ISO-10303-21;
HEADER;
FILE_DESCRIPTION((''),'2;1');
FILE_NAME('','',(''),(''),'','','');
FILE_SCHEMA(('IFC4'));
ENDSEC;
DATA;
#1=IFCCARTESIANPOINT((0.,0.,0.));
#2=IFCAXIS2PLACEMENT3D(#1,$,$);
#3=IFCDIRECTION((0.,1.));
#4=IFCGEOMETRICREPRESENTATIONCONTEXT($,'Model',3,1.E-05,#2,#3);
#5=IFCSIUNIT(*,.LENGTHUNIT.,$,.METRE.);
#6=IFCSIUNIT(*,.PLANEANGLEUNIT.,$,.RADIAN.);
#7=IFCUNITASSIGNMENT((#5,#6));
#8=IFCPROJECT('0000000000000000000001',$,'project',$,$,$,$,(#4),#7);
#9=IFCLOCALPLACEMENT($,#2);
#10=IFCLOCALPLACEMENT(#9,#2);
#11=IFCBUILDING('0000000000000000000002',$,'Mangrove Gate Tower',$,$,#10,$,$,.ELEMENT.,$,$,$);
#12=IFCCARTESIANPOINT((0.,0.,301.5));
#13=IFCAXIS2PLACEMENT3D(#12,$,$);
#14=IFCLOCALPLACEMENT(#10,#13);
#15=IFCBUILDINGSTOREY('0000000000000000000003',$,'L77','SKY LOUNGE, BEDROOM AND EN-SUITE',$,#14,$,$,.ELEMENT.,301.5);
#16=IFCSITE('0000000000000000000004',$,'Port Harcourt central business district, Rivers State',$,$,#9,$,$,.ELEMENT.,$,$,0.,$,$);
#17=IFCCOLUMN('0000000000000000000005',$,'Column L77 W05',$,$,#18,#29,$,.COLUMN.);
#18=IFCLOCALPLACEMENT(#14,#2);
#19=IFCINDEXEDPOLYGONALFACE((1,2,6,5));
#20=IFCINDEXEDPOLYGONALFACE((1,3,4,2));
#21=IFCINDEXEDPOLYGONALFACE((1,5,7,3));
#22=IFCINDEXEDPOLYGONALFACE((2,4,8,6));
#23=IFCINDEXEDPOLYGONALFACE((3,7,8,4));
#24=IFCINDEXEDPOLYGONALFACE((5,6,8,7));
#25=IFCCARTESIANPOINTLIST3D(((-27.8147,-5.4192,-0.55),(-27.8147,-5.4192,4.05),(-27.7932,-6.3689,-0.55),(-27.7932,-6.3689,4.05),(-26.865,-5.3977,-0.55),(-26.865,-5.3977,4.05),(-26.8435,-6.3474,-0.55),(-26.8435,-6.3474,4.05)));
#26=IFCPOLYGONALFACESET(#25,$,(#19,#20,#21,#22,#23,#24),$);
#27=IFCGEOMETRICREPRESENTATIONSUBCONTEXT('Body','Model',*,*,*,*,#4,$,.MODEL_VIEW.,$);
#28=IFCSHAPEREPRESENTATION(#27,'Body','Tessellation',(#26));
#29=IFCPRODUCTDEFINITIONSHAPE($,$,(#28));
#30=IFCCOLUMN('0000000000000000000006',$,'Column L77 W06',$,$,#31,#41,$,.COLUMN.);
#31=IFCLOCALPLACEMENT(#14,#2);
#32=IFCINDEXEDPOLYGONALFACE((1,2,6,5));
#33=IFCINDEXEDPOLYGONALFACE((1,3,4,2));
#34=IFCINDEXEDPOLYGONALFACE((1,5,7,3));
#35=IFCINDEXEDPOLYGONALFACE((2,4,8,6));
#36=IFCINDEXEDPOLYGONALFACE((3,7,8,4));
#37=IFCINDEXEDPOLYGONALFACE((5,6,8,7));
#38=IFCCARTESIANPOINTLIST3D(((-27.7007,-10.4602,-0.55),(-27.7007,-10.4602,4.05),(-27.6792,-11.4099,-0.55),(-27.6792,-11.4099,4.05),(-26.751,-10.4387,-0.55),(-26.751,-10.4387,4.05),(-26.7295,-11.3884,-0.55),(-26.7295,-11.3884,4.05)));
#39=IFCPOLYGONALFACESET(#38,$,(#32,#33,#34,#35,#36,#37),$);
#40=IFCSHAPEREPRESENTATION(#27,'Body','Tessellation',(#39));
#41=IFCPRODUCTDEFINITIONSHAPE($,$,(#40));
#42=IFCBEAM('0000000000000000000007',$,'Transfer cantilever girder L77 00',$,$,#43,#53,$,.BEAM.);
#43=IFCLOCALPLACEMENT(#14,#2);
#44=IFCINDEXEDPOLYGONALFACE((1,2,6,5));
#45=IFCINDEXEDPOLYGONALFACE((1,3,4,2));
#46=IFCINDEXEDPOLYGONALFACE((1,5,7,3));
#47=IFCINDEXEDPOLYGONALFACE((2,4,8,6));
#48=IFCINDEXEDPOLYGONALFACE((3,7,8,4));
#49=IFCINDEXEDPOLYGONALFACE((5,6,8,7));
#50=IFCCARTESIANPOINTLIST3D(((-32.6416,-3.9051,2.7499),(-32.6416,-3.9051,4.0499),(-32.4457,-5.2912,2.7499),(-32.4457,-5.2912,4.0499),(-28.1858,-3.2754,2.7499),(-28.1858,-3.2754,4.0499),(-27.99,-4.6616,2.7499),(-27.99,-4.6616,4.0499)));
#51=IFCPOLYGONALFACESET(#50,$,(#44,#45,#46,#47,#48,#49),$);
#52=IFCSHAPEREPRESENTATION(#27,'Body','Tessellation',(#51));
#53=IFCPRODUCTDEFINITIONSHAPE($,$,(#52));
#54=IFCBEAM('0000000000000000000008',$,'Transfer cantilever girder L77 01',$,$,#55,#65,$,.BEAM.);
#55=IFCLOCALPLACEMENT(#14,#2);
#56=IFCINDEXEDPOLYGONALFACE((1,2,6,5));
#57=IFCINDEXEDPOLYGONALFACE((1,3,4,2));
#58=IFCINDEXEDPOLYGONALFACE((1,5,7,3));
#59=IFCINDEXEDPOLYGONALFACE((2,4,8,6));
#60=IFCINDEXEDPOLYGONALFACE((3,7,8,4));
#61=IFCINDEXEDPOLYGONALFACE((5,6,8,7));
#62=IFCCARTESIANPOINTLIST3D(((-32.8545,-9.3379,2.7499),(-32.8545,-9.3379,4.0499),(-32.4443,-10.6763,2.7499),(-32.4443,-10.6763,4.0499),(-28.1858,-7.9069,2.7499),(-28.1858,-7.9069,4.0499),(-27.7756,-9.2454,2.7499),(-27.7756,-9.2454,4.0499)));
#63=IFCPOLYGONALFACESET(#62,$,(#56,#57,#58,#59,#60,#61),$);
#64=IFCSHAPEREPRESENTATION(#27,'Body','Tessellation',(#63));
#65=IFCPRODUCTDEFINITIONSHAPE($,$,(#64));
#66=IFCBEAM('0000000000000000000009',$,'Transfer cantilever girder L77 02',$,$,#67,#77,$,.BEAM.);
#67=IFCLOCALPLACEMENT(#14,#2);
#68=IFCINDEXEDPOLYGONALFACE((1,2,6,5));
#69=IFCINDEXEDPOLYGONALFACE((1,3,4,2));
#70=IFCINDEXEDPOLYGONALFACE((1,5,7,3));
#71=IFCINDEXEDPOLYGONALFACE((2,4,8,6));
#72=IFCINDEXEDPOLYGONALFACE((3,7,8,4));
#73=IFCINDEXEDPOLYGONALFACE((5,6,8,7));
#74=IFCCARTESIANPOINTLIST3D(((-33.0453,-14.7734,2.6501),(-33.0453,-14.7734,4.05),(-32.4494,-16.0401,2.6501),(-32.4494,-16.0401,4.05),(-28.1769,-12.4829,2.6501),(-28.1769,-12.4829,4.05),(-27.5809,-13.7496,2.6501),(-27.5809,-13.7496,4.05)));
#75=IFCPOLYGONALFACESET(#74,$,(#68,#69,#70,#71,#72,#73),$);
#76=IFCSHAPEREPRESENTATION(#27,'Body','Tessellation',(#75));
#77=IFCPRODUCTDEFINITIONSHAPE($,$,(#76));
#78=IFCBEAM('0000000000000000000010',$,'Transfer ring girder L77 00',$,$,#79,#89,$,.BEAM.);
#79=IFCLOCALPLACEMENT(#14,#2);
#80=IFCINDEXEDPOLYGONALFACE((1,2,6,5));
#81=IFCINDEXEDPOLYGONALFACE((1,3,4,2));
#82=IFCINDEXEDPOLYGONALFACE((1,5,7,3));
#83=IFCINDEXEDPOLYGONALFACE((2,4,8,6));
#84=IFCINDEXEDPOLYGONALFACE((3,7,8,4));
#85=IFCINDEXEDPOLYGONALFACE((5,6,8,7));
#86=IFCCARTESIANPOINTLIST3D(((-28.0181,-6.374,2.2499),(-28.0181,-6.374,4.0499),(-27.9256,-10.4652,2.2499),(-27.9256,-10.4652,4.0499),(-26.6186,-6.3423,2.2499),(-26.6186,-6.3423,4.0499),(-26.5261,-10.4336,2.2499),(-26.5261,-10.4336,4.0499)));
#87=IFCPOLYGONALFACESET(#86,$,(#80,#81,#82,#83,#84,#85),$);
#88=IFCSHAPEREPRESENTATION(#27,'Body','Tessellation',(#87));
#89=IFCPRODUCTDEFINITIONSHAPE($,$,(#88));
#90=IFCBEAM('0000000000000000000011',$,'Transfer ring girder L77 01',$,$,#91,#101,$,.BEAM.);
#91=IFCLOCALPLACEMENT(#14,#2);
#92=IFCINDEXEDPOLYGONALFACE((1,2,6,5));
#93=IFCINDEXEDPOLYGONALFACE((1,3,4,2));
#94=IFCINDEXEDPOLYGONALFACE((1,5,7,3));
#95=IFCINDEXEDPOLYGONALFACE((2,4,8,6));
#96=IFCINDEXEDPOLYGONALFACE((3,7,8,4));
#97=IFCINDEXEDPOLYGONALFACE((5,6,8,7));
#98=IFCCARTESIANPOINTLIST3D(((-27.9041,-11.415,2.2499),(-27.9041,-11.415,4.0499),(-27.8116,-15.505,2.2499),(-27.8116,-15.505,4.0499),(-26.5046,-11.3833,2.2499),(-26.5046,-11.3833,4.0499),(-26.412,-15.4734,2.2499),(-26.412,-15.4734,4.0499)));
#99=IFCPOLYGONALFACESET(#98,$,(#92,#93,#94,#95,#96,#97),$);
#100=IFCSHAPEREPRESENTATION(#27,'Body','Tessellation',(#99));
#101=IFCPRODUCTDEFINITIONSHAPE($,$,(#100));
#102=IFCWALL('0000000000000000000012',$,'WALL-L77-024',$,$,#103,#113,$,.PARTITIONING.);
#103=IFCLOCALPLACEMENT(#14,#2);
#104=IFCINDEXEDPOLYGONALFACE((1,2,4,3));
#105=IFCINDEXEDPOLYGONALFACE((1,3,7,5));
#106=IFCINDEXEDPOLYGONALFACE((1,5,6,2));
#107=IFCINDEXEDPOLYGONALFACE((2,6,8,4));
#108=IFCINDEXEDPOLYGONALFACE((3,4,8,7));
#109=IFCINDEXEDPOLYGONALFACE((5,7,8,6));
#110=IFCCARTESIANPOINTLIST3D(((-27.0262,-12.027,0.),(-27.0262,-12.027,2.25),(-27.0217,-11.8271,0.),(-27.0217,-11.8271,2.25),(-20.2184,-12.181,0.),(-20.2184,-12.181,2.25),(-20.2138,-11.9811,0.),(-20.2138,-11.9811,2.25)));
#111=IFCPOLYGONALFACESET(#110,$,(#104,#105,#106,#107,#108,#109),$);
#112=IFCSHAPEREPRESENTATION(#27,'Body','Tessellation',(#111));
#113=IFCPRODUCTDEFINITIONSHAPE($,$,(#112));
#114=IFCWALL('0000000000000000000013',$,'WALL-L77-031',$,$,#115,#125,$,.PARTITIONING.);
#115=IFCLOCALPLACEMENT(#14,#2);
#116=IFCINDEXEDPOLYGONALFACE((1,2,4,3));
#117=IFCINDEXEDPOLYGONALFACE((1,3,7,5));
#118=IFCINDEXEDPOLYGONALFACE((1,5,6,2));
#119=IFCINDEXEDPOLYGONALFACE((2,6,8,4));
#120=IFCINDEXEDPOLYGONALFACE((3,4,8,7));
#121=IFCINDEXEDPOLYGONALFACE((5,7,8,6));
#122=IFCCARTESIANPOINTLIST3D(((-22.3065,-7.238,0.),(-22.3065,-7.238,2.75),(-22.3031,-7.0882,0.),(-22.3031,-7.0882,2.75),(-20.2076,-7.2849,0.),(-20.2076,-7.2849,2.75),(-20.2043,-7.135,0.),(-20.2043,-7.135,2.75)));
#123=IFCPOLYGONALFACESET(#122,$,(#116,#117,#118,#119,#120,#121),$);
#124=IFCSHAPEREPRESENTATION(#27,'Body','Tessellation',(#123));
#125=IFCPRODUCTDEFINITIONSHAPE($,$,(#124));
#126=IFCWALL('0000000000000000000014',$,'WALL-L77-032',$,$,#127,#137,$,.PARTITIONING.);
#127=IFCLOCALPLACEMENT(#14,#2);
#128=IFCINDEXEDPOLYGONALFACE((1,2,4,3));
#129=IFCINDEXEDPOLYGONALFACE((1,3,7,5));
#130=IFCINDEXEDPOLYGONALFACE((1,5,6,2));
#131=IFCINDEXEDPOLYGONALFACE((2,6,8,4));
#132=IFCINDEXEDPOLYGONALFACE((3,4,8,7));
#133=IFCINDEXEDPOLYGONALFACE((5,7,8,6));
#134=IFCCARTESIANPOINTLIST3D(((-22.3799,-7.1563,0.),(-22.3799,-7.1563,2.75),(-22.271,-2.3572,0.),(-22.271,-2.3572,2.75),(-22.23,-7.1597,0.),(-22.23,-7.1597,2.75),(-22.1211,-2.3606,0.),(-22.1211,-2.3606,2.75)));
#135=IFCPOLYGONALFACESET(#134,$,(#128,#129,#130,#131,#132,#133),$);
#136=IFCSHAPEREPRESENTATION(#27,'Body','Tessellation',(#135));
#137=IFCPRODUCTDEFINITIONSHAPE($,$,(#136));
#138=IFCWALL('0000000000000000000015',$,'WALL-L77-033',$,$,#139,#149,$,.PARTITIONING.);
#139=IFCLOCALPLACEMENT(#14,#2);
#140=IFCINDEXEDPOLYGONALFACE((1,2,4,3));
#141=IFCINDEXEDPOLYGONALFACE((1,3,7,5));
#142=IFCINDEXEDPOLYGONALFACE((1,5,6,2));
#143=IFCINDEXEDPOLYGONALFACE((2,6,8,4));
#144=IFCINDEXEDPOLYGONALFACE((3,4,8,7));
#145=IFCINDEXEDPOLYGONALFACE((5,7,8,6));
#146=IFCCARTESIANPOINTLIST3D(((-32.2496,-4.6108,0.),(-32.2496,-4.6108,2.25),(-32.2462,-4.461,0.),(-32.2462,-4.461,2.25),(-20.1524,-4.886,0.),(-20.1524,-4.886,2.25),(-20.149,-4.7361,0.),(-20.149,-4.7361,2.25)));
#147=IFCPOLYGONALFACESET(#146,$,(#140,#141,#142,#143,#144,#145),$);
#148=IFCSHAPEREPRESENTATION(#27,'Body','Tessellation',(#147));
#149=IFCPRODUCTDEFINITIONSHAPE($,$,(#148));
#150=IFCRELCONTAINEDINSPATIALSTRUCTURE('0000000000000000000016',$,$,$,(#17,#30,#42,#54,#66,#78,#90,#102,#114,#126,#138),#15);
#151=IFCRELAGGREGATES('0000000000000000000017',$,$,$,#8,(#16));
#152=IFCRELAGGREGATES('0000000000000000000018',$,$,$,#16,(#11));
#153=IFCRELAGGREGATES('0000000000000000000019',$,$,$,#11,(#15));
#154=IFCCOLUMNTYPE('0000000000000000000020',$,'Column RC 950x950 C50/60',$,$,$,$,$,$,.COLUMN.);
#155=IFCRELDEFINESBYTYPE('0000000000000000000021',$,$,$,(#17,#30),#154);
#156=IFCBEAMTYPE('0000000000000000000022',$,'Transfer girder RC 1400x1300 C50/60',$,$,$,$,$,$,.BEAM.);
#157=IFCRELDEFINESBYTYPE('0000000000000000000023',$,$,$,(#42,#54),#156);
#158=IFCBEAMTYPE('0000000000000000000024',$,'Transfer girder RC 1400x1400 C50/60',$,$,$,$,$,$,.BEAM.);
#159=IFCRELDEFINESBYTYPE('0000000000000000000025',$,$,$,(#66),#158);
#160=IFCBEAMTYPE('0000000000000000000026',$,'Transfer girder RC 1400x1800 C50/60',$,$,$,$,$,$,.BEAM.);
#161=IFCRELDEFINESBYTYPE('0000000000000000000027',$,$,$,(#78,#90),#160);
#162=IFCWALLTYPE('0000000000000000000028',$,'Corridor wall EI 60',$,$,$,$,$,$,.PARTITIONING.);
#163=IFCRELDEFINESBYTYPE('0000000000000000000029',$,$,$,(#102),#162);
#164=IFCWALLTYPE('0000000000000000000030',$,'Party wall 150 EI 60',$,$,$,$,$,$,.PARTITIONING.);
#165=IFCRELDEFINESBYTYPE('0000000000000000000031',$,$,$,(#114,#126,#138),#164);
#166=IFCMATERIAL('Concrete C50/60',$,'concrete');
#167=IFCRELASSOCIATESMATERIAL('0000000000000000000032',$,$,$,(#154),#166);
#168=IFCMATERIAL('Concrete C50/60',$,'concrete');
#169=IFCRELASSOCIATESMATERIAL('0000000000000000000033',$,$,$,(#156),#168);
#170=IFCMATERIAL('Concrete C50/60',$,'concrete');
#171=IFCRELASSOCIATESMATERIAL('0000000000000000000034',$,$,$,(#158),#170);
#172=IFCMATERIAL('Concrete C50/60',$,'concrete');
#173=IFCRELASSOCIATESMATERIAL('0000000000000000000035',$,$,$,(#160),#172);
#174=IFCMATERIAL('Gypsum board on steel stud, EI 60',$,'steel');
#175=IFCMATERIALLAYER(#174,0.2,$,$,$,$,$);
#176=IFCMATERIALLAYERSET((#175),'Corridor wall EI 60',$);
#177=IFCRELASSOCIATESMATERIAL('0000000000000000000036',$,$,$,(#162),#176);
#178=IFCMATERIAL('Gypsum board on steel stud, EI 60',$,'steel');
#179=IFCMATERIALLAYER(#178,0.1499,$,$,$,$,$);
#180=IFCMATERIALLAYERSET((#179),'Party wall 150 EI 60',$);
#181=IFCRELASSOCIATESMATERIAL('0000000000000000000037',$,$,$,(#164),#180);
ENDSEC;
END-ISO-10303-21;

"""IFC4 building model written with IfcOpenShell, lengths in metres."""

from ifc_helpers import new_model, si_unit, direction, frame, frame_2d, origin, origin_2d, place, context, subcontext, project, spatial, rectangle, extrude, material, layer, layer_set, material_profile, profile_set, type_object, element, save


model = new_model("IFC4")

# Units and contexts
model_context = context("Model", 3, precision=1e-05, world=origin(), true_north=direction((0.0, 1.0)))
body_context = subcontext(model_context, "Body", "Model", "MODEL_VIEW")
ifc_project = project(units=[si_unit("LENGTHUNIT", "METRE"), si_unit("PLANEANGLEUNIT", "RADIAN")], contexts=[model_context])

# Site, building, storey
site_placement = place(None, origin())
site = spatial("IfcSite", under=ifc_project, at=site_placement, Name="Port Harcourt central business district, Rivers State", CompositionType="ELEMENT", RefElevation=0.0)
building_placement = place(site_placement, origin())
building = spatial("IfcBuilding", under=site, at=building_placement, Name="Mangrove Gate Tower", CompositionType="ELEMENT")
storey_placement = place(building_placement, frame((0.0, 0.0, 301.5)))
storey = spatial("IfcBuildingStorey", under=building, at=storey_placement, Name="L77", Description="SKY LOUNGE, BEDROOM AND EN-SUITE", CompositionType="ELEMENT", Elevation=301.5)

# Columns
ifc_material_1 = material(Name="Concrete C50/60", Category="concrete")
ifc_material_profile_1 = material_profile(ifc_material_1, rectangle(XDim=0.95, YDim=0.95, at=origin_2d()))
ifc_profile_set_1 = profile_set([ifc_material_profile_1], Name="Concrete C50/60")
column_type = type_object("IfcColumnType", Name="Column RC 950x950 C50/60", PredefinedType="COLUMN", material=ifc_profile_set_1)
for number, where, z_axis, x_axis, name in (
    (1, (-27.3291, -5.8833, -0.55), (0.0, 0.0, 1.0), (0.022668, -0.999743, 0.0), "Column L77 W05"),
    (2, (-27.2151, -10.9243, -0.55), (0.0, 0.0, 1.0), (0.022611, -0.999744, 0.0), "Column L77 W06"),
):
    element("IfcColumn", number, at=place(storey_placement, frame(where, z_axis=z_axis, x_axis=x_axis)), inside=storey, type_object=column_type, Name=name, PredefinedType="COLUMN", context=body_context, shape_type="SweptSolid", body=[
        extrude(rectangle(XDim=0.95, YDim=0.95, at=origin_2d()), origin(), (0.0, 0.0, 1.0), 4.6001),
    ])

# Beams
ifc_material_2 = material(Name="Concrete C50/60", Category="concrete")
ifc_material_profile_2 = material_profile(ifc_material_2, rectangle(XDim=1.3999, YDim=1.3, at=origin_2d()))
ifc_profile_set_2 = profile_set([ifc_material_profile_2], Name="Concrete C50/60")
beam_type_1 = type_object("IfcBeamType", Name="Transfer girder RC 1400x1300 C50/60", PredefinedType="BEAM", material=ifc_profile_set_2)
beam_1_placement = place(storey_placement, frame((-28.0879, -3.9685, 3.3999), z_axis=(-0.990163, -0.139917, 0.0), x_axis=(0.139917, -0.990163, 0.0)))
element("IfcBeam", 3, at=beam_1_placement, inside=storey, type_object=beam_type_1, Name="Transfer cantilever girder L77 00", PredefinedType="BEAM", context=body_context, shape_type="SweptSolid", body=[
    extrude(rectangle(XDim=1.3999, YDim=1.3, at=origin_2d()), origin(), (0.0, 0.0, 1.0), 4.5),
])
beam_2_placement = place(storey_placement, frame((-27.9807, -8.5762, 3.3999), z_axis=(-0.956102, -0.293035, 0.0), x_axis=(0.293035, -0.956102, 0.0)))
element("IfcBeam", 4, at=beam_2_placement, inside=storey, type_object=beam_type_1, Name="Transfer cantilever girder L77 01", PredefinedType="BEAM", context=body_context, shape_type="SweptSolid", body=[
    extrude(rectangle(XDim=1.3999, YDim=1.3, at=origin_2d()), origin(), (0.0, 0.0, 1.0), 4.8831),
])
ifc_material_3 = material(Name="Concrete C50/60", Category="concrete")
ifc_material_profile_3 = material_profile(ifc_material_3, rectangle(XDim=1.3999, YDim=1.3999, at=origin_2d()))
ifc_profile_set_3 = profile_set([ifc_material_profile_3], Name="Concrete C50/60")
beam_type_2 = type_object("IfcBeamType", Name="Transfer girder RC 1400x1400 C50/60", PredefinedType="BEAM", material=ifc_profile_set_3)
beam_3_placement = place(storey_placement, frame((-27.8789, -13.1162, 3.3501), z_axis=(-0.904854, -0.425723, 0.0), x_axis=(0.425723, -0.904854, 0.0)))
element("IfcBeam", 5, at=beam_3_placement, inside=storey, type_object=beam_type_2, Name="Transfer cantilever girder L77 02", PredefinedType="BEAM", context=body_context, shape_type="SweptSolid", body=[
    extrude(rectangle(XDim=1.3999, YDim=1.3999, at=origin_2d()), origin(), (0.0, 0.0, 1.0), 5.3804),
])
ifc_material_4 = material(Name="Concrete C50/60", Category="concrete")
ifc_material_profile_4 = material_profile(ifc_material_4, rectangle(XDim=1.3999, YDim=1.8, at=origin_2d()))
ifc_profile_set_4 = profile_set([ifc_material_profile_4], Name="Concrete C50/60")
beam_type_3 = type_object("IfcBeamType", Name="Transfer girder RC 1400x1800 C50/60", PredefinedType="BEAM", material=ifc_profile_set_4)
beam_4_placement = place(storey_placement, frame((-27.3184, -6.3582, 3.1499), z_axis=(0.02261, -0.999744, 0.0), x_axis=(0.999744, 0.02261, 0.0)))
element("IfcBeam", 6, at=beam_4_placement, inside=storey, type_object=beam_type_3, Name="Transfer ring girder L77 00", PredefinedType="BEAM", context=body_context, shape_type="SweptSolid", body=[
    extrude(rectangle(XDim=1.3999, YDim=1.8, at=origin_2d()), origin(), (0.0, 0.0, 1.0), 4.0923),
])
beam_5_placement = place(storey_placement, frame((-27.2043, -11.3992, 3.1499), z_axis=(0.022617, -0.999744, 0.0), x_axis=(0.999744, 0.022617, 0.0)))
element("IfcBeam", 7, at=beam_5_placement, inside=storey, type_object=beam_type_3, Name="Transfer ring girder L77 01", PredefinedType="BEAM", context=body_context, shape_type="SweptSolid", body=[
    extrude(rectangle(XDim=1.3999, YDim=1.8, at=origin_2d()), origin(), (0.0, 0.0, 1.0), 4.0911),
])

# Shared definitions
ifc_material_5 = material(Name="Gypsum board on steel stud, EI 60", Category="steel")
ifc_layer_1 = layer(ifc_material_5, 0.2)
ifc_layer_set_1 = layer_set([ifc_layer_1], Name="Corridor wall EI 60")
wall_type_1 = type_object("IfcWallType", Name="Corridor wall EI 60", PredefinedType="PARTITIONING", material=ifc_layer_set_1)

# Walls
wall_1_placement = place(storey_placement, frame((-27.0239, -11.927, 0.0), z_axis=(0.0, 0.0, 1.0), x_axis=(0.999744, -0.022623, 0.0)))
element("IfcWall", 8, at=wall_1_placement, inside=storey, type_object=wall_type_1, Name="WALL-L77-024", PredefinedType="PARTITIONING", context=body_context, shape_type="SweptSolid", body=[
    extrude(rectangle(XDim=6.8096, YDim=0.2, at=frame_2d((3.4048, 0.0))), origin(), (0.0, 0.0, 1.0), 2.25),
])
ifc_material_6 = material(Name="Gypsum board on steel stud, EI 60", Category="steel")
ifc_layer_2 = layer(ifc_material_6, 0.1499)
ifc_layer_set_2 = layer_set([ifc_layer_2], Name="Party wall 150 EI 60")
wall_type_2 = type_object("IfcWallType", Name="Party wall 150 EI 60", PredefinedType="PARTITIONING", material=ifc_layer_set_2)
wall_2_placement = place(storey_placement, frame((-22.3049, -7.1631, 0.0), z_axis=(0.0, 0.0, 1.0), x_axis=(0.999751, -0.022328, 0.0)))
element("IfcWall", 9, at=wall_2_placement, inside=storey, type_object=wall_type_2, Name="WALL-L77-031", PredefinedType="PARTITIONING", context=body_context, shape_type="SweptSolid", body=[
    extrude(rectangle(XDim=2.0994, YDim=0.1499, at=frame_2d((1.0498, 0.0))), origin(), (0.0, 0.0, 1.0), 2.75),
])
wall_3_placement = place(storey_placement, frame((-22.3049, -7.158, 0.0), z_axis=(0.0, 0.0, 1.0), x_axis=(0.022683, 0.999743, 0.0)))
element("IfcWall", 10, at=wall_3_placement, inside=storey, type_object=wall_type_2, Name="WALL-L77-032", PredefinedType="PARTITIONING", context=body_context, shape_type="SweptSolid", body=[
    extrude(rectangle(XDim=4.8003, YDim=0.1499, at=frame_2d((2.4001, 0.0))), origin(), (0.0, 0.0, 1.0), 2.75),
])
wall_4_placement = place(storey_placement, frame((-32.248, -4.5359, 0.0), z_axis=(0.0, 0.0, 1.0), x_axis=(0.999741, -0.022739, 0.0)))
element("IfcWall", 11, at=wall_4_placement, inside=storey, type_object=wall_type_2, Name="WALL-L77-033", PredefinedType="PARTITIONING", context=body_context, shape_type="SweptSolid", body=[
    extrude(rectangle(XDim=12.1003, YDim=0.1499, at=frame_2d((6.0503, 0.0))), origin(), (0.0, 0.0, 1.0), 2.25),
])

save(model, "model.ifc")
